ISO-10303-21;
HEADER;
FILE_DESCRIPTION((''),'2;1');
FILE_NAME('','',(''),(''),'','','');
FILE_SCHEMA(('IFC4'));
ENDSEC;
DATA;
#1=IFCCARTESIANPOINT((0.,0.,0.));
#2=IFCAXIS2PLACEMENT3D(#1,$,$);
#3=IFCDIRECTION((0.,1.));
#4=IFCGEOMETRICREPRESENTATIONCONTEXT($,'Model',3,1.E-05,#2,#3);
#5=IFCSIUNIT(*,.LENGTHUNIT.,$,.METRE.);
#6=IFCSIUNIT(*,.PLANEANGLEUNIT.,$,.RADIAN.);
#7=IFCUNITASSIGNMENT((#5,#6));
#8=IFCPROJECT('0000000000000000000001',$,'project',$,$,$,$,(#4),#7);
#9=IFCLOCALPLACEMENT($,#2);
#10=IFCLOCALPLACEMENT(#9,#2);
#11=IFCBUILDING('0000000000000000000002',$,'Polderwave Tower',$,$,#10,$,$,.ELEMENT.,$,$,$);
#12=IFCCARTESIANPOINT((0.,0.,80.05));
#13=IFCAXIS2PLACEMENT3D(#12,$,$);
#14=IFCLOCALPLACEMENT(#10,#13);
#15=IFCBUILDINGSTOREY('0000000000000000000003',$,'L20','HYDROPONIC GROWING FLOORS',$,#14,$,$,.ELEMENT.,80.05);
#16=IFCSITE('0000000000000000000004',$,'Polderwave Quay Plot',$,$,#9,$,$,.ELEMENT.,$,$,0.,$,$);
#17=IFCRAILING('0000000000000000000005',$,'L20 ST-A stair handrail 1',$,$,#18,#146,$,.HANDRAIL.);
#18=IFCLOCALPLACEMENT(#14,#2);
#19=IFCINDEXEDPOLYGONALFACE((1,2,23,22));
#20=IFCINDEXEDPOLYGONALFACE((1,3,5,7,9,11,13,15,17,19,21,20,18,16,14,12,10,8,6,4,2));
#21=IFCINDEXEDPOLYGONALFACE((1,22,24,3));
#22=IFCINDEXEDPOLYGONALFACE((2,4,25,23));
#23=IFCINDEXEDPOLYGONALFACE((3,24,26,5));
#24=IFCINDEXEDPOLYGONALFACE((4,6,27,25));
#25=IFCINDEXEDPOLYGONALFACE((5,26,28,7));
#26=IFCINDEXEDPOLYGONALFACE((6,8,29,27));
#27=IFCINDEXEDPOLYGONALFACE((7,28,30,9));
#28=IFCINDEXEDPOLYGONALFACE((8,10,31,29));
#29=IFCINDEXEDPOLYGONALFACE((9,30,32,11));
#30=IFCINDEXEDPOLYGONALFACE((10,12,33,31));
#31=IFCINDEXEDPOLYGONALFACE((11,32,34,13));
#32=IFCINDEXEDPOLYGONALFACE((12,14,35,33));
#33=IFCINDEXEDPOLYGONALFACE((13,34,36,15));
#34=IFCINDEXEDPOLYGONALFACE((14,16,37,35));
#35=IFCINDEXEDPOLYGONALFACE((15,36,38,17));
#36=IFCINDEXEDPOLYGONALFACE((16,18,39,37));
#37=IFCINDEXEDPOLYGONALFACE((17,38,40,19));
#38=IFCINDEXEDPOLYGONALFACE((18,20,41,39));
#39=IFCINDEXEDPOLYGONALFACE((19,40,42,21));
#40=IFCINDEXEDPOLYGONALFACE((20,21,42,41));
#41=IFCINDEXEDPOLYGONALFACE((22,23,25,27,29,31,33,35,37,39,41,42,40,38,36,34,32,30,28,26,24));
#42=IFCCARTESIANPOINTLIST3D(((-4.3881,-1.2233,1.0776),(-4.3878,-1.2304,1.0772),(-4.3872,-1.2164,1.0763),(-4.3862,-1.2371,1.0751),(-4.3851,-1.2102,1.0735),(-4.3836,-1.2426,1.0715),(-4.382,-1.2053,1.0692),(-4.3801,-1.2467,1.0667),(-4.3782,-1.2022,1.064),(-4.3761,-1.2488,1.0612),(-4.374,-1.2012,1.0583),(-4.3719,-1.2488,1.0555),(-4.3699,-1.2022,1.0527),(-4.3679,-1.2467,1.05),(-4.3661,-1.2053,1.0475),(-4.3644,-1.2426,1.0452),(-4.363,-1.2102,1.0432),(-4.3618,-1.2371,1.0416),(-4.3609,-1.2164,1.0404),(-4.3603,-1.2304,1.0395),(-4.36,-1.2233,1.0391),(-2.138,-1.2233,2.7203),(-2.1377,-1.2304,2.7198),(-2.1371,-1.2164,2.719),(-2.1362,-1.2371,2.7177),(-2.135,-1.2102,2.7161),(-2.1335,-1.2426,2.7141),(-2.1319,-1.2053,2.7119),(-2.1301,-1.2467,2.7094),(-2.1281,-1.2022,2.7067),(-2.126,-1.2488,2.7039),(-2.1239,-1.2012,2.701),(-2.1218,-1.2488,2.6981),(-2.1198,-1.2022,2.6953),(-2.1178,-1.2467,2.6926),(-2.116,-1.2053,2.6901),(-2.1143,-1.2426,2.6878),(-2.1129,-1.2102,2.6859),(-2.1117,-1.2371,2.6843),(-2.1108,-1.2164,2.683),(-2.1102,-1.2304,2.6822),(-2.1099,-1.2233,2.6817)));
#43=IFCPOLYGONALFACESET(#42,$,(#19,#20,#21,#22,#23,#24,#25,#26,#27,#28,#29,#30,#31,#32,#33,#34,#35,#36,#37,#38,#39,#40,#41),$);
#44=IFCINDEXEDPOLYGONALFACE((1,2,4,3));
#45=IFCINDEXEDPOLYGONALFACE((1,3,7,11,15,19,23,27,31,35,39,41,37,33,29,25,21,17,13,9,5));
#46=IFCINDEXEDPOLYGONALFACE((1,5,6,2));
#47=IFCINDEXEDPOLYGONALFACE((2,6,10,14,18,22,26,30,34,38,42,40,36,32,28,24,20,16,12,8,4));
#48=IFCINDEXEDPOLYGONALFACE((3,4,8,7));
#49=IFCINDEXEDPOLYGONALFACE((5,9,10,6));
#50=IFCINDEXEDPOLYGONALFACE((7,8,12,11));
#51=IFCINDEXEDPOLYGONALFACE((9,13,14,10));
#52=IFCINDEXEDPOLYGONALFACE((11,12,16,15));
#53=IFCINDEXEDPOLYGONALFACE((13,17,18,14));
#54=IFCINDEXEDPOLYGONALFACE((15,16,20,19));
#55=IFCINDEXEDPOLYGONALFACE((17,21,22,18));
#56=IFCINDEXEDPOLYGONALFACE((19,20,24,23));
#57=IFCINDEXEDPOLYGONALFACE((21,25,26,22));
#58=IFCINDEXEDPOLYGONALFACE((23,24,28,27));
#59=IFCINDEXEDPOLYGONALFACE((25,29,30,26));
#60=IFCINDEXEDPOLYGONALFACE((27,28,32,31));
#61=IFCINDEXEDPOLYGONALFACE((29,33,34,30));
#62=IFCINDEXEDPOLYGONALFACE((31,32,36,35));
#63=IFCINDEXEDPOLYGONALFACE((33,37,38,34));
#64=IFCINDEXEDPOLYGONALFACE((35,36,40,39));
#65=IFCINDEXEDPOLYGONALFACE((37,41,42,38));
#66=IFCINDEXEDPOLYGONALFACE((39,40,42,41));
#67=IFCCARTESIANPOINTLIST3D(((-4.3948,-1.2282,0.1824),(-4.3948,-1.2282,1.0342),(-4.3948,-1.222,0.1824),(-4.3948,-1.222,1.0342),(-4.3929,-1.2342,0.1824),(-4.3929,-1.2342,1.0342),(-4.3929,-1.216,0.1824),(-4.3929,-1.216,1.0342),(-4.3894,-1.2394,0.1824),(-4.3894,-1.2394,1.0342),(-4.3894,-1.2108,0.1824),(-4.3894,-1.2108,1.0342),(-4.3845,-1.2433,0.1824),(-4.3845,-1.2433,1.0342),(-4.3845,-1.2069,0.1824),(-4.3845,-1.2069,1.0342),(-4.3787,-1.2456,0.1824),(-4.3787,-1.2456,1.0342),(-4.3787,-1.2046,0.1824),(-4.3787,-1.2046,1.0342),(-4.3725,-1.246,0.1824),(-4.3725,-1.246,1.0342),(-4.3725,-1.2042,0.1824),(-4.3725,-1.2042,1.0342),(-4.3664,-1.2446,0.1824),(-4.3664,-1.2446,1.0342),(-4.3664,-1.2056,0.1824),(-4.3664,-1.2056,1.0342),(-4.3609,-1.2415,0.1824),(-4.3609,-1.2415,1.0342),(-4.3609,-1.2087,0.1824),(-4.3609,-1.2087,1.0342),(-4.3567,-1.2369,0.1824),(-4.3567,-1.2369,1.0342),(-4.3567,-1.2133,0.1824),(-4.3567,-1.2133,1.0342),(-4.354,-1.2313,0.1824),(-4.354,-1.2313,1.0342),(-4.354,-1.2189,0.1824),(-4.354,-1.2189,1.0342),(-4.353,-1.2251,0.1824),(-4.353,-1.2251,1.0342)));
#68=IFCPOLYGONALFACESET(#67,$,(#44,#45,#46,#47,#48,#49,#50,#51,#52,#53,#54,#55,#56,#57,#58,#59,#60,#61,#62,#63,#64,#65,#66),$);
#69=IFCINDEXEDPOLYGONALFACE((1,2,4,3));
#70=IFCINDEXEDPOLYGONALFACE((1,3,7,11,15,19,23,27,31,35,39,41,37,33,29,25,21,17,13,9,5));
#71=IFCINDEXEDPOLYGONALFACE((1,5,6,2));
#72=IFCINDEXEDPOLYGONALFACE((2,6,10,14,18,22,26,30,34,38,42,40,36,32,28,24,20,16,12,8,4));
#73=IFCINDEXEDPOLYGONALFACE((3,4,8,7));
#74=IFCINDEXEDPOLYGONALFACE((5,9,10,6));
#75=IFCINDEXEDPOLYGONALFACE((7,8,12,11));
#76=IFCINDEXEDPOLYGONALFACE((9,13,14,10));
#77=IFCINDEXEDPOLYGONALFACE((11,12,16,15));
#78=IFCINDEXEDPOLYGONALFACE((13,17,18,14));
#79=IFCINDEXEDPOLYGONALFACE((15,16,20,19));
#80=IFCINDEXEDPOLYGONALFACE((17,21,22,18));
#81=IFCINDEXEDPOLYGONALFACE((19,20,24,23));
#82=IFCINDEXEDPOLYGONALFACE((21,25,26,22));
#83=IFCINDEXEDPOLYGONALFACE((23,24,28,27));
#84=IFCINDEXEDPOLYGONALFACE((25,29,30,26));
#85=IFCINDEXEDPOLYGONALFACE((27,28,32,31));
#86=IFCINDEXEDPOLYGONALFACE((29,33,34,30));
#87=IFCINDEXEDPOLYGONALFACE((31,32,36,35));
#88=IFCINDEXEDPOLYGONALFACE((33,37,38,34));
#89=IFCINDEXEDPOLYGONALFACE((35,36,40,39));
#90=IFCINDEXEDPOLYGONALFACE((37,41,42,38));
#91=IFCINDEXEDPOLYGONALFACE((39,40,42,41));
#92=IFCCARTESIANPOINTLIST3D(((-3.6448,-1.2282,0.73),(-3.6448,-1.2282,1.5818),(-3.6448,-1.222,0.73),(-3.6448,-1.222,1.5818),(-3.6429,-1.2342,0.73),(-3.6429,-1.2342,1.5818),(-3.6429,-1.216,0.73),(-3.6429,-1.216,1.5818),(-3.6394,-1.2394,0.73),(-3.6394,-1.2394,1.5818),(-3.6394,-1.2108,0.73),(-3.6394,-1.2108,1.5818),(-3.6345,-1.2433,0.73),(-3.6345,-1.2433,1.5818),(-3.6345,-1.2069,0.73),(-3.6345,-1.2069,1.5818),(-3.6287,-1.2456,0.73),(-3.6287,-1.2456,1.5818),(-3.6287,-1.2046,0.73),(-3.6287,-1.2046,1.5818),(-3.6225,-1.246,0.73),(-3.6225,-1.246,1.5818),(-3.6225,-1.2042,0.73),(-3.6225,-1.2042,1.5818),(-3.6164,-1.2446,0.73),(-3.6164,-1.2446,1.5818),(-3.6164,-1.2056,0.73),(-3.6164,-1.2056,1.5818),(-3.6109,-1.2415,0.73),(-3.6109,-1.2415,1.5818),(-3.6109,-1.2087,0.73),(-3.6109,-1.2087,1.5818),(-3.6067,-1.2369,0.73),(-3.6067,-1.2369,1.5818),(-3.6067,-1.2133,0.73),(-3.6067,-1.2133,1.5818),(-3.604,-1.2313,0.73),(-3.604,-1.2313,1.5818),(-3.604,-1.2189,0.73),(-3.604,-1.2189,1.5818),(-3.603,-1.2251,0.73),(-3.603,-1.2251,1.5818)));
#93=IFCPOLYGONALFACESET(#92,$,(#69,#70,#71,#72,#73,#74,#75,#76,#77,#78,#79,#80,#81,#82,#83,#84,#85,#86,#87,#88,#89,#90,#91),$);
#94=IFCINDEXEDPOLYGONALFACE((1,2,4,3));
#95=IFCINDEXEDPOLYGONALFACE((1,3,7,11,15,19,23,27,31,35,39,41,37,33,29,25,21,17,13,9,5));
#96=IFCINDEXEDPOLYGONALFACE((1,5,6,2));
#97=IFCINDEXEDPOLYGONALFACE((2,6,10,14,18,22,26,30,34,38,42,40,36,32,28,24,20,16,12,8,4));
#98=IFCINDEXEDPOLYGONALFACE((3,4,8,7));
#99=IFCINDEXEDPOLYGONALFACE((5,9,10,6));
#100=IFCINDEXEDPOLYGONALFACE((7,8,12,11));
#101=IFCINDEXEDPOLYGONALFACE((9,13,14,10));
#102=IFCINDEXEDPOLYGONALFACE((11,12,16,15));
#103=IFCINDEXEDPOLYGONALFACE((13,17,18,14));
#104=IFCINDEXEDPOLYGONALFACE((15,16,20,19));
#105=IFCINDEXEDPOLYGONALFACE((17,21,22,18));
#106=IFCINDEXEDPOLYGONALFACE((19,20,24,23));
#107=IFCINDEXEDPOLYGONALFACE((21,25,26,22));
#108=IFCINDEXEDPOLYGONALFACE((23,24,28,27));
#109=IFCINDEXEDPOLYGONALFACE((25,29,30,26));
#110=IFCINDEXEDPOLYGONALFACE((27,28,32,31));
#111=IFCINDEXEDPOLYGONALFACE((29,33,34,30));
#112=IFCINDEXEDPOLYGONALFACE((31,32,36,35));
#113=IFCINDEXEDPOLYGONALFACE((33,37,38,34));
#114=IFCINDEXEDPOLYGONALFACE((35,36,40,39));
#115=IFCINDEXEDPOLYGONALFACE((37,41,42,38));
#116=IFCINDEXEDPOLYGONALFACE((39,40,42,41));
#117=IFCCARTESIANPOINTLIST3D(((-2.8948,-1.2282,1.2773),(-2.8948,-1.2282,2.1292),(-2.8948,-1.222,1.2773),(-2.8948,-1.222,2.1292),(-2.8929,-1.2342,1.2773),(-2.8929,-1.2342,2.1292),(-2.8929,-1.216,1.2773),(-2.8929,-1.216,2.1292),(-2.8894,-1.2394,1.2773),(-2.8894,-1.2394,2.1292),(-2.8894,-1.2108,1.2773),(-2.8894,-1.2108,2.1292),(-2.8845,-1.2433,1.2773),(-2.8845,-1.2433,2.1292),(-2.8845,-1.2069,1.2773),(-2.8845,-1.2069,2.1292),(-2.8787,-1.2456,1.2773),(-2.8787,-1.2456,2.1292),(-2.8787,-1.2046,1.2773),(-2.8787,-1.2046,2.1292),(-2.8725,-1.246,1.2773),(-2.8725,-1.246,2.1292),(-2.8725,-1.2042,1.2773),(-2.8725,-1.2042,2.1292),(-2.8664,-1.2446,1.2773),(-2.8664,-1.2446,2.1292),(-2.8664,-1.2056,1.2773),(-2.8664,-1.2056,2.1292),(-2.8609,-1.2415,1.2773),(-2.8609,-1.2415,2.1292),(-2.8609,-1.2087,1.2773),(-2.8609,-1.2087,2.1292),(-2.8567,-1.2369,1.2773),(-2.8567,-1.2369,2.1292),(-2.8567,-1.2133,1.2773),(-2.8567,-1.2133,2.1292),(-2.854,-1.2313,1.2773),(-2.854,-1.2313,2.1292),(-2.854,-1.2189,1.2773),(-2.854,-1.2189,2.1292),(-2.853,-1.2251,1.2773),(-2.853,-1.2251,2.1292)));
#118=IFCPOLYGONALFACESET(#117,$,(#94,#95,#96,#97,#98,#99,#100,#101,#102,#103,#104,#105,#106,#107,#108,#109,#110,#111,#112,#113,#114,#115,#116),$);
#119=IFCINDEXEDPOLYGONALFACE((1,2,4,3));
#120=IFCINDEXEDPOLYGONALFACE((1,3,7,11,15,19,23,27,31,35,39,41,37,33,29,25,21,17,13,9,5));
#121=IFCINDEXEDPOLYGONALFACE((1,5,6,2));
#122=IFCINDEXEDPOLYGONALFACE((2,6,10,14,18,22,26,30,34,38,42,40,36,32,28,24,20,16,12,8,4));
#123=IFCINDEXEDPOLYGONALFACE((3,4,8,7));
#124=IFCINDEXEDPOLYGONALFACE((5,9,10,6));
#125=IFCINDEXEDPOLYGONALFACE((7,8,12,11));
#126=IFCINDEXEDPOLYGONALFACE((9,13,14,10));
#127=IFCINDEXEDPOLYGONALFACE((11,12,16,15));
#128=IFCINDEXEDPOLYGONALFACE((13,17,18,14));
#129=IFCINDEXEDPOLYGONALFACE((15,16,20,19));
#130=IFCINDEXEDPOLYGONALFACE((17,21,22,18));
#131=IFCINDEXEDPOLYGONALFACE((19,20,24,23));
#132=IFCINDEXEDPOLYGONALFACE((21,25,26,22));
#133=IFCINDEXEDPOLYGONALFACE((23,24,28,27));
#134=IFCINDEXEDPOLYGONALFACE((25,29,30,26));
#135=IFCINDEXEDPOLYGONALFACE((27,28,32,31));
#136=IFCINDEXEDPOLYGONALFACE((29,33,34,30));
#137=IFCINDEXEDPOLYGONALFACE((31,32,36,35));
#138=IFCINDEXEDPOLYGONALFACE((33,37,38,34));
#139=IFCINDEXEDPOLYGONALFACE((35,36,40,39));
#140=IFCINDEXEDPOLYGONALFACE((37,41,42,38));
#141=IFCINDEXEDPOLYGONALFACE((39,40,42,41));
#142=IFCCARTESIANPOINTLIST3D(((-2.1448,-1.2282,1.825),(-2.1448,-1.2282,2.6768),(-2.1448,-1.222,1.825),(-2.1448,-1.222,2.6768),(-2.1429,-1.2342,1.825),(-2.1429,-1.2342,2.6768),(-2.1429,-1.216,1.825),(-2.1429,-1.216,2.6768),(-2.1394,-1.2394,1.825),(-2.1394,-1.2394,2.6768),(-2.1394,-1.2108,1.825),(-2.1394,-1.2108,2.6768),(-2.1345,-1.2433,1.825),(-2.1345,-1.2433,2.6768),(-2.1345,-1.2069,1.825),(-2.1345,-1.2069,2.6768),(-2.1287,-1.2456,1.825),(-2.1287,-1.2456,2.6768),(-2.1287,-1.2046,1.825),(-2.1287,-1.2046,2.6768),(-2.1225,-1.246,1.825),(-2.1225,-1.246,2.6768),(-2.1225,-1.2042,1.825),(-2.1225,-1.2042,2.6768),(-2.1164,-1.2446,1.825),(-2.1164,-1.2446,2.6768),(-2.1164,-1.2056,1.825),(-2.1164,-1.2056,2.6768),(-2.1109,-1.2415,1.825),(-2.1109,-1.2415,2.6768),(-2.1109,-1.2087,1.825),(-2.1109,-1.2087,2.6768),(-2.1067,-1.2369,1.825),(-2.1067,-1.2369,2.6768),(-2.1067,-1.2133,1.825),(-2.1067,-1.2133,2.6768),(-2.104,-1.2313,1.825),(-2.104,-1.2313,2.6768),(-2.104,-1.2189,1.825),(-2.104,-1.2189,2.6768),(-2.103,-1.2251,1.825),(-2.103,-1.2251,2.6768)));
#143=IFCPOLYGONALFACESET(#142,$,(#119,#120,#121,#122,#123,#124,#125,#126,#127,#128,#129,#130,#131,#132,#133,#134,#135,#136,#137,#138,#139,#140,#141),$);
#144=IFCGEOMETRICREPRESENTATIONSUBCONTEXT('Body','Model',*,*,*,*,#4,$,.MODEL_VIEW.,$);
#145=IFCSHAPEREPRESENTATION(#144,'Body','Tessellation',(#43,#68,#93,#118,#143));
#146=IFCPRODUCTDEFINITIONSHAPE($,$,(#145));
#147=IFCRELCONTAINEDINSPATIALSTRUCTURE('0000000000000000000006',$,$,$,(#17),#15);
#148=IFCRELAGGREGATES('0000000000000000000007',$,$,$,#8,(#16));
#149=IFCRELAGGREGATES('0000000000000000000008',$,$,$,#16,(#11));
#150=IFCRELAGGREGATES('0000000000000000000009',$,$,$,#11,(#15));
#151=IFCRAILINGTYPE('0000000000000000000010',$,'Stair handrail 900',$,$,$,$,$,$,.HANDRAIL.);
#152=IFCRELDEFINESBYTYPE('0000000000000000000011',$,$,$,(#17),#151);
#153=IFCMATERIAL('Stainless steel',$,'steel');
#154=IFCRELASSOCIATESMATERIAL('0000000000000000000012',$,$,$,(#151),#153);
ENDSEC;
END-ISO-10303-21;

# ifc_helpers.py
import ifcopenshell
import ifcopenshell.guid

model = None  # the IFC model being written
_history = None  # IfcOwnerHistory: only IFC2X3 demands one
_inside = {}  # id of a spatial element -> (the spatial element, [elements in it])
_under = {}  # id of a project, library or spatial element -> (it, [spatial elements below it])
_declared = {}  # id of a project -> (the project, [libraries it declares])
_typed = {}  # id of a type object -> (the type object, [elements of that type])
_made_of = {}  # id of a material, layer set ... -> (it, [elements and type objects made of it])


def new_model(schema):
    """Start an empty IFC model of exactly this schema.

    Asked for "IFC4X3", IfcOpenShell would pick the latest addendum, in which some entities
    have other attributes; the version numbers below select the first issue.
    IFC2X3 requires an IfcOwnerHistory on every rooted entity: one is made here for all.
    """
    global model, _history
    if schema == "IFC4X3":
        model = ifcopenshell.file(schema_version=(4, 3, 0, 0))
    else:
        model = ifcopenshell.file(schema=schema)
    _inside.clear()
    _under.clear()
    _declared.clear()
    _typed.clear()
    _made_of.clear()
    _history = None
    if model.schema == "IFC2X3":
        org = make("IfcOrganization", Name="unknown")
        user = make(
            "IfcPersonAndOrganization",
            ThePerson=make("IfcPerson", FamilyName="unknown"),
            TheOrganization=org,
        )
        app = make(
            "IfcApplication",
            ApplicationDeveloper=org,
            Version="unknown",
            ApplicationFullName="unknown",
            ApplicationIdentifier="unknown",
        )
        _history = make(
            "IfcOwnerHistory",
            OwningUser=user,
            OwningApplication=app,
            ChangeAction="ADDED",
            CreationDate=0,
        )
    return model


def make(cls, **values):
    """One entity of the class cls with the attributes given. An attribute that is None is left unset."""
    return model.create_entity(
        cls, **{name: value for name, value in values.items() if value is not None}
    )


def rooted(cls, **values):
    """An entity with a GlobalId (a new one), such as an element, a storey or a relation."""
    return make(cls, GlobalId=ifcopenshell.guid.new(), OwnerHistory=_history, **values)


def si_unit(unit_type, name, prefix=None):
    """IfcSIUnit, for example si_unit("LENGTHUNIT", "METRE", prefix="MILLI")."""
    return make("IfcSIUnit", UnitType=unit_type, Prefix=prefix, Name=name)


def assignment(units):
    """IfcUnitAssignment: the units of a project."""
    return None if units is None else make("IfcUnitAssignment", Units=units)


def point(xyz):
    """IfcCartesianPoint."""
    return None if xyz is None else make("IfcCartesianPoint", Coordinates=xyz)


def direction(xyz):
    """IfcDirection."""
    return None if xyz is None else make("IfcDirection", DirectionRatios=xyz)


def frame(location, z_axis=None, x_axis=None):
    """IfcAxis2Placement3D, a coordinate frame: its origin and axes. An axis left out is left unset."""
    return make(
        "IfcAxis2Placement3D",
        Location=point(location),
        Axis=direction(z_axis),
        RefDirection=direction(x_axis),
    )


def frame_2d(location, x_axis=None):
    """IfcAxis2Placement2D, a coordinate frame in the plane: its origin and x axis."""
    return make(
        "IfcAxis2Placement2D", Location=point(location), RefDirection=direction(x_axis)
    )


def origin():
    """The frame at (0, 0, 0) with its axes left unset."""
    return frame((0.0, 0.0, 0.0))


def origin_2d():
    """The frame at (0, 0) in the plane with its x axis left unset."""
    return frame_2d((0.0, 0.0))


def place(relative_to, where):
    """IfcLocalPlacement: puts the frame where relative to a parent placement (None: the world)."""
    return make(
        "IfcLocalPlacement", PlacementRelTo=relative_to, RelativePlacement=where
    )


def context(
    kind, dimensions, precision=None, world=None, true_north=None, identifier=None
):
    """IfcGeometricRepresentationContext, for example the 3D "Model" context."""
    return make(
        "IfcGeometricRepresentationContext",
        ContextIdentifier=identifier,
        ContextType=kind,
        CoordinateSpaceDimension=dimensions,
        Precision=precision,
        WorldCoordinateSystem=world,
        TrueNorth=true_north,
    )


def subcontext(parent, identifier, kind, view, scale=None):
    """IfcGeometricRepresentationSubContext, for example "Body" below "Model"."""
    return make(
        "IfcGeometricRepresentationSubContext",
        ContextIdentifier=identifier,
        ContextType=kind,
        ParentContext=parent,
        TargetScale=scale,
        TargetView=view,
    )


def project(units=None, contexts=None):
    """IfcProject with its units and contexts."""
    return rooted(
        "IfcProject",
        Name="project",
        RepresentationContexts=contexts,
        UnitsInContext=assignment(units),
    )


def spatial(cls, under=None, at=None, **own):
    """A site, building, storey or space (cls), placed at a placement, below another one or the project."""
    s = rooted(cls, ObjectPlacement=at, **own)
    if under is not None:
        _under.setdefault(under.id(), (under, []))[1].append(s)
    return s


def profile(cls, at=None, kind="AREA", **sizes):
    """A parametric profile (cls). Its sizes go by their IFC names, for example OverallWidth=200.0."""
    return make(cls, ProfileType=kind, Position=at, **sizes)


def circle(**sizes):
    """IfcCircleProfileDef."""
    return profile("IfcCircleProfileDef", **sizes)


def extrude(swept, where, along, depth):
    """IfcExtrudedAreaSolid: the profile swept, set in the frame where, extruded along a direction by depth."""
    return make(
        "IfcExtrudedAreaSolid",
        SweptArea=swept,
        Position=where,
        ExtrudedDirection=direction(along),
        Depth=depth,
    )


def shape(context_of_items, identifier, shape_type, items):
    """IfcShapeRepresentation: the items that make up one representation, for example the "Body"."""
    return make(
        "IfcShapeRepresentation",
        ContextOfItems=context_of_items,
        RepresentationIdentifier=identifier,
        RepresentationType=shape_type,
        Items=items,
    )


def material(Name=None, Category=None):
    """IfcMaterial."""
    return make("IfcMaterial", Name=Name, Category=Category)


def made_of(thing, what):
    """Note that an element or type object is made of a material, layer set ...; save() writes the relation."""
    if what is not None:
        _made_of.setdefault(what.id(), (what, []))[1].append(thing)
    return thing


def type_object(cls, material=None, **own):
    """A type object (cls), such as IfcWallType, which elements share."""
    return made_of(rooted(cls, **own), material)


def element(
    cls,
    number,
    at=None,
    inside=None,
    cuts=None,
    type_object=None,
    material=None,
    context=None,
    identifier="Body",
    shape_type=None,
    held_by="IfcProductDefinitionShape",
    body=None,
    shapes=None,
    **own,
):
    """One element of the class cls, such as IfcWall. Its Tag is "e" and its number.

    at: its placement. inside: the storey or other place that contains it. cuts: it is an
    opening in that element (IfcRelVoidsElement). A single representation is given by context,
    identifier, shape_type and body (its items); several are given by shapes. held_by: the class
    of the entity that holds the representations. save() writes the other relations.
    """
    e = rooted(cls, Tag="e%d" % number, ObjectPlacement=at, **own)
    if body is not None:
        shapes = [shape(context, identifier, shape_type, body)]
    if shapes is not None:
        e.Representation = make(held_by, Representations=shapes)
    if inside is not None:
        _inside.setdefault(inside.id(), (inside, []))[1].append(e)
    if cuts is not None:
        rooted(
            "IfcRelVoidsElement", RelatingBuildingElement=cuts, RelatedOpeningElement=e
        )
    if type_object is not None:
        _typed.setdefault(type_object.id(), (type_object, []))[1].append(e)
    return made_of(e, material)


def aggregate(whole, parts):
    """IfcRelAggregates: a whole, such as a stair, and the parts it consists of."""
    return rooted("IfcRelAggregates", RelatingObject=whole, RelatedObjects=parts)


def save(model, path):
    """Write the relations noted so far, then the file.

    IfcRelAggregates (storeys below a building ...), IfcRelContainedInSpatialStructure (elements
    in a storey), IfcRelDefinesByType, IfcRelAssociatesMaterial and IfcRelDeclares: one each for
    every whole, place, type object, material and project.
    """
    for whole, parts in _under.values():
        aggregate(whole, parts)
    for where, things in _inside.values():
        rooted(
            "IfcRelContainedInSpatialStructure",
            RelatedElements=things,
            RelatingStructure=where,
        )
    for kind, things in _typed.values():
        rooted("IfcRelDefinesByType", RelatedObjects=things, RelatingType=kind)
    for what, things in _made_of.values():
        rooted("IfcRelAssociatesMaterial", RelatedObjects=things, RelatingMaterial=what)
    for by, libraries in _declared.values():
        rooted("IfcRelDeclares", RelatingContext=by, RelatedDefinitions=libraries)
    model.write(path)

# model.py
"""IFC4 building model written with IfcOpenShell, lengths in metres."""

from ifc_helpers import new_model, si_unit, direction, frame, origin, origin_2d, place, context, subcontext, project, spatial, circle, extrude, material, type_object, element, save


model = new_model("IFC4")

# Units and contexts
model_context = context("Model", 3, precision=1e-05, world=origin(), true_north=direction((0.0, 1.0)))
body_context = subcontext(model_context, "Body", "Model", "MODEL_VIEW")
ifc_project = project(units=[si_unit("LENGTHUNIT", "METRE"), si_unit("PLANEANGLEUNIT", "RADIAN")], contexts=[model_context])

# Site, building, storey
site_placement = place(None, origin())
site = spatial("IfcSite", under=ifc_project, at=site_placement, Name="Polderwave Quay Plot", CompositionType="ELEMENT", RefElevation=0.0)
building_placement = place(site_placement, origin())
building = spatial("IfcBuilding", under=site, at=building_placement, Name="Polderwave Tower", CompositionType="ELEMENT")
storey_placement = place(building_placement, frame((0.0, 0.0, 80.05)))
storey = spatial("IfcBuildingStorey", under=building, at=storey_placement, Name="L20", Description="HYDROPONIC GROWING FLOORS", CompositionType="ELEMENT", Elevation=80.05)

# Shared definitions
ifc_material_1 = material(Name="Stainless steel", Category="steel")

# Railing
railing_type_1 = type_object("IfcRailingType", Name="Stair handrail 900", PredefinedType="HANDRAIL", material=ifc_material_1)
railing_1_placement = place(storey_placement, frame((-4.374, -1.2251, 0.1824)))
element("IfcRailing", 1, at=railing_1_placement, inside=storey, type_object=railing_type_1, Name="L20 ST-A stair handrail 1", PredefinedType="HANDRAIL", context=body_context, shape_type="SweptSolid", body=[
    extrude(circle(Radius=0.0239, at=origin_2d()), frame((0.0, 0.0, 0.876), z_axis=(0.807674, 0.0, 0.58963), x_axis=(0.0, 1.0, 0.0)), (0.0, 0.0, 1.0), 2.7859),
    extrude(circle(Radius=0.021, at=origin_2d()), origin(), (0.0, 0.0, 1.0), 0.8518),
    extrude(circle(Radius=0.021, at=origin_2d()), frame((0.75, 0.0, 0.5476)), (0.0, 0.0, 1.0), 0.8518),
    extrude(circle(Radius=0.021, at=origin_2d()), frame((1.5, 0.0, 1.095)), (0.0, 0.0, 1.0), 0.8518),
    extrude(circle(Radius=0.021, at=origin_2d()), frame((2.25, 0.0, 1.6426)), (0.0, 0.0, 1.0), 0.8518),
])

save(model, "model.ifc")
